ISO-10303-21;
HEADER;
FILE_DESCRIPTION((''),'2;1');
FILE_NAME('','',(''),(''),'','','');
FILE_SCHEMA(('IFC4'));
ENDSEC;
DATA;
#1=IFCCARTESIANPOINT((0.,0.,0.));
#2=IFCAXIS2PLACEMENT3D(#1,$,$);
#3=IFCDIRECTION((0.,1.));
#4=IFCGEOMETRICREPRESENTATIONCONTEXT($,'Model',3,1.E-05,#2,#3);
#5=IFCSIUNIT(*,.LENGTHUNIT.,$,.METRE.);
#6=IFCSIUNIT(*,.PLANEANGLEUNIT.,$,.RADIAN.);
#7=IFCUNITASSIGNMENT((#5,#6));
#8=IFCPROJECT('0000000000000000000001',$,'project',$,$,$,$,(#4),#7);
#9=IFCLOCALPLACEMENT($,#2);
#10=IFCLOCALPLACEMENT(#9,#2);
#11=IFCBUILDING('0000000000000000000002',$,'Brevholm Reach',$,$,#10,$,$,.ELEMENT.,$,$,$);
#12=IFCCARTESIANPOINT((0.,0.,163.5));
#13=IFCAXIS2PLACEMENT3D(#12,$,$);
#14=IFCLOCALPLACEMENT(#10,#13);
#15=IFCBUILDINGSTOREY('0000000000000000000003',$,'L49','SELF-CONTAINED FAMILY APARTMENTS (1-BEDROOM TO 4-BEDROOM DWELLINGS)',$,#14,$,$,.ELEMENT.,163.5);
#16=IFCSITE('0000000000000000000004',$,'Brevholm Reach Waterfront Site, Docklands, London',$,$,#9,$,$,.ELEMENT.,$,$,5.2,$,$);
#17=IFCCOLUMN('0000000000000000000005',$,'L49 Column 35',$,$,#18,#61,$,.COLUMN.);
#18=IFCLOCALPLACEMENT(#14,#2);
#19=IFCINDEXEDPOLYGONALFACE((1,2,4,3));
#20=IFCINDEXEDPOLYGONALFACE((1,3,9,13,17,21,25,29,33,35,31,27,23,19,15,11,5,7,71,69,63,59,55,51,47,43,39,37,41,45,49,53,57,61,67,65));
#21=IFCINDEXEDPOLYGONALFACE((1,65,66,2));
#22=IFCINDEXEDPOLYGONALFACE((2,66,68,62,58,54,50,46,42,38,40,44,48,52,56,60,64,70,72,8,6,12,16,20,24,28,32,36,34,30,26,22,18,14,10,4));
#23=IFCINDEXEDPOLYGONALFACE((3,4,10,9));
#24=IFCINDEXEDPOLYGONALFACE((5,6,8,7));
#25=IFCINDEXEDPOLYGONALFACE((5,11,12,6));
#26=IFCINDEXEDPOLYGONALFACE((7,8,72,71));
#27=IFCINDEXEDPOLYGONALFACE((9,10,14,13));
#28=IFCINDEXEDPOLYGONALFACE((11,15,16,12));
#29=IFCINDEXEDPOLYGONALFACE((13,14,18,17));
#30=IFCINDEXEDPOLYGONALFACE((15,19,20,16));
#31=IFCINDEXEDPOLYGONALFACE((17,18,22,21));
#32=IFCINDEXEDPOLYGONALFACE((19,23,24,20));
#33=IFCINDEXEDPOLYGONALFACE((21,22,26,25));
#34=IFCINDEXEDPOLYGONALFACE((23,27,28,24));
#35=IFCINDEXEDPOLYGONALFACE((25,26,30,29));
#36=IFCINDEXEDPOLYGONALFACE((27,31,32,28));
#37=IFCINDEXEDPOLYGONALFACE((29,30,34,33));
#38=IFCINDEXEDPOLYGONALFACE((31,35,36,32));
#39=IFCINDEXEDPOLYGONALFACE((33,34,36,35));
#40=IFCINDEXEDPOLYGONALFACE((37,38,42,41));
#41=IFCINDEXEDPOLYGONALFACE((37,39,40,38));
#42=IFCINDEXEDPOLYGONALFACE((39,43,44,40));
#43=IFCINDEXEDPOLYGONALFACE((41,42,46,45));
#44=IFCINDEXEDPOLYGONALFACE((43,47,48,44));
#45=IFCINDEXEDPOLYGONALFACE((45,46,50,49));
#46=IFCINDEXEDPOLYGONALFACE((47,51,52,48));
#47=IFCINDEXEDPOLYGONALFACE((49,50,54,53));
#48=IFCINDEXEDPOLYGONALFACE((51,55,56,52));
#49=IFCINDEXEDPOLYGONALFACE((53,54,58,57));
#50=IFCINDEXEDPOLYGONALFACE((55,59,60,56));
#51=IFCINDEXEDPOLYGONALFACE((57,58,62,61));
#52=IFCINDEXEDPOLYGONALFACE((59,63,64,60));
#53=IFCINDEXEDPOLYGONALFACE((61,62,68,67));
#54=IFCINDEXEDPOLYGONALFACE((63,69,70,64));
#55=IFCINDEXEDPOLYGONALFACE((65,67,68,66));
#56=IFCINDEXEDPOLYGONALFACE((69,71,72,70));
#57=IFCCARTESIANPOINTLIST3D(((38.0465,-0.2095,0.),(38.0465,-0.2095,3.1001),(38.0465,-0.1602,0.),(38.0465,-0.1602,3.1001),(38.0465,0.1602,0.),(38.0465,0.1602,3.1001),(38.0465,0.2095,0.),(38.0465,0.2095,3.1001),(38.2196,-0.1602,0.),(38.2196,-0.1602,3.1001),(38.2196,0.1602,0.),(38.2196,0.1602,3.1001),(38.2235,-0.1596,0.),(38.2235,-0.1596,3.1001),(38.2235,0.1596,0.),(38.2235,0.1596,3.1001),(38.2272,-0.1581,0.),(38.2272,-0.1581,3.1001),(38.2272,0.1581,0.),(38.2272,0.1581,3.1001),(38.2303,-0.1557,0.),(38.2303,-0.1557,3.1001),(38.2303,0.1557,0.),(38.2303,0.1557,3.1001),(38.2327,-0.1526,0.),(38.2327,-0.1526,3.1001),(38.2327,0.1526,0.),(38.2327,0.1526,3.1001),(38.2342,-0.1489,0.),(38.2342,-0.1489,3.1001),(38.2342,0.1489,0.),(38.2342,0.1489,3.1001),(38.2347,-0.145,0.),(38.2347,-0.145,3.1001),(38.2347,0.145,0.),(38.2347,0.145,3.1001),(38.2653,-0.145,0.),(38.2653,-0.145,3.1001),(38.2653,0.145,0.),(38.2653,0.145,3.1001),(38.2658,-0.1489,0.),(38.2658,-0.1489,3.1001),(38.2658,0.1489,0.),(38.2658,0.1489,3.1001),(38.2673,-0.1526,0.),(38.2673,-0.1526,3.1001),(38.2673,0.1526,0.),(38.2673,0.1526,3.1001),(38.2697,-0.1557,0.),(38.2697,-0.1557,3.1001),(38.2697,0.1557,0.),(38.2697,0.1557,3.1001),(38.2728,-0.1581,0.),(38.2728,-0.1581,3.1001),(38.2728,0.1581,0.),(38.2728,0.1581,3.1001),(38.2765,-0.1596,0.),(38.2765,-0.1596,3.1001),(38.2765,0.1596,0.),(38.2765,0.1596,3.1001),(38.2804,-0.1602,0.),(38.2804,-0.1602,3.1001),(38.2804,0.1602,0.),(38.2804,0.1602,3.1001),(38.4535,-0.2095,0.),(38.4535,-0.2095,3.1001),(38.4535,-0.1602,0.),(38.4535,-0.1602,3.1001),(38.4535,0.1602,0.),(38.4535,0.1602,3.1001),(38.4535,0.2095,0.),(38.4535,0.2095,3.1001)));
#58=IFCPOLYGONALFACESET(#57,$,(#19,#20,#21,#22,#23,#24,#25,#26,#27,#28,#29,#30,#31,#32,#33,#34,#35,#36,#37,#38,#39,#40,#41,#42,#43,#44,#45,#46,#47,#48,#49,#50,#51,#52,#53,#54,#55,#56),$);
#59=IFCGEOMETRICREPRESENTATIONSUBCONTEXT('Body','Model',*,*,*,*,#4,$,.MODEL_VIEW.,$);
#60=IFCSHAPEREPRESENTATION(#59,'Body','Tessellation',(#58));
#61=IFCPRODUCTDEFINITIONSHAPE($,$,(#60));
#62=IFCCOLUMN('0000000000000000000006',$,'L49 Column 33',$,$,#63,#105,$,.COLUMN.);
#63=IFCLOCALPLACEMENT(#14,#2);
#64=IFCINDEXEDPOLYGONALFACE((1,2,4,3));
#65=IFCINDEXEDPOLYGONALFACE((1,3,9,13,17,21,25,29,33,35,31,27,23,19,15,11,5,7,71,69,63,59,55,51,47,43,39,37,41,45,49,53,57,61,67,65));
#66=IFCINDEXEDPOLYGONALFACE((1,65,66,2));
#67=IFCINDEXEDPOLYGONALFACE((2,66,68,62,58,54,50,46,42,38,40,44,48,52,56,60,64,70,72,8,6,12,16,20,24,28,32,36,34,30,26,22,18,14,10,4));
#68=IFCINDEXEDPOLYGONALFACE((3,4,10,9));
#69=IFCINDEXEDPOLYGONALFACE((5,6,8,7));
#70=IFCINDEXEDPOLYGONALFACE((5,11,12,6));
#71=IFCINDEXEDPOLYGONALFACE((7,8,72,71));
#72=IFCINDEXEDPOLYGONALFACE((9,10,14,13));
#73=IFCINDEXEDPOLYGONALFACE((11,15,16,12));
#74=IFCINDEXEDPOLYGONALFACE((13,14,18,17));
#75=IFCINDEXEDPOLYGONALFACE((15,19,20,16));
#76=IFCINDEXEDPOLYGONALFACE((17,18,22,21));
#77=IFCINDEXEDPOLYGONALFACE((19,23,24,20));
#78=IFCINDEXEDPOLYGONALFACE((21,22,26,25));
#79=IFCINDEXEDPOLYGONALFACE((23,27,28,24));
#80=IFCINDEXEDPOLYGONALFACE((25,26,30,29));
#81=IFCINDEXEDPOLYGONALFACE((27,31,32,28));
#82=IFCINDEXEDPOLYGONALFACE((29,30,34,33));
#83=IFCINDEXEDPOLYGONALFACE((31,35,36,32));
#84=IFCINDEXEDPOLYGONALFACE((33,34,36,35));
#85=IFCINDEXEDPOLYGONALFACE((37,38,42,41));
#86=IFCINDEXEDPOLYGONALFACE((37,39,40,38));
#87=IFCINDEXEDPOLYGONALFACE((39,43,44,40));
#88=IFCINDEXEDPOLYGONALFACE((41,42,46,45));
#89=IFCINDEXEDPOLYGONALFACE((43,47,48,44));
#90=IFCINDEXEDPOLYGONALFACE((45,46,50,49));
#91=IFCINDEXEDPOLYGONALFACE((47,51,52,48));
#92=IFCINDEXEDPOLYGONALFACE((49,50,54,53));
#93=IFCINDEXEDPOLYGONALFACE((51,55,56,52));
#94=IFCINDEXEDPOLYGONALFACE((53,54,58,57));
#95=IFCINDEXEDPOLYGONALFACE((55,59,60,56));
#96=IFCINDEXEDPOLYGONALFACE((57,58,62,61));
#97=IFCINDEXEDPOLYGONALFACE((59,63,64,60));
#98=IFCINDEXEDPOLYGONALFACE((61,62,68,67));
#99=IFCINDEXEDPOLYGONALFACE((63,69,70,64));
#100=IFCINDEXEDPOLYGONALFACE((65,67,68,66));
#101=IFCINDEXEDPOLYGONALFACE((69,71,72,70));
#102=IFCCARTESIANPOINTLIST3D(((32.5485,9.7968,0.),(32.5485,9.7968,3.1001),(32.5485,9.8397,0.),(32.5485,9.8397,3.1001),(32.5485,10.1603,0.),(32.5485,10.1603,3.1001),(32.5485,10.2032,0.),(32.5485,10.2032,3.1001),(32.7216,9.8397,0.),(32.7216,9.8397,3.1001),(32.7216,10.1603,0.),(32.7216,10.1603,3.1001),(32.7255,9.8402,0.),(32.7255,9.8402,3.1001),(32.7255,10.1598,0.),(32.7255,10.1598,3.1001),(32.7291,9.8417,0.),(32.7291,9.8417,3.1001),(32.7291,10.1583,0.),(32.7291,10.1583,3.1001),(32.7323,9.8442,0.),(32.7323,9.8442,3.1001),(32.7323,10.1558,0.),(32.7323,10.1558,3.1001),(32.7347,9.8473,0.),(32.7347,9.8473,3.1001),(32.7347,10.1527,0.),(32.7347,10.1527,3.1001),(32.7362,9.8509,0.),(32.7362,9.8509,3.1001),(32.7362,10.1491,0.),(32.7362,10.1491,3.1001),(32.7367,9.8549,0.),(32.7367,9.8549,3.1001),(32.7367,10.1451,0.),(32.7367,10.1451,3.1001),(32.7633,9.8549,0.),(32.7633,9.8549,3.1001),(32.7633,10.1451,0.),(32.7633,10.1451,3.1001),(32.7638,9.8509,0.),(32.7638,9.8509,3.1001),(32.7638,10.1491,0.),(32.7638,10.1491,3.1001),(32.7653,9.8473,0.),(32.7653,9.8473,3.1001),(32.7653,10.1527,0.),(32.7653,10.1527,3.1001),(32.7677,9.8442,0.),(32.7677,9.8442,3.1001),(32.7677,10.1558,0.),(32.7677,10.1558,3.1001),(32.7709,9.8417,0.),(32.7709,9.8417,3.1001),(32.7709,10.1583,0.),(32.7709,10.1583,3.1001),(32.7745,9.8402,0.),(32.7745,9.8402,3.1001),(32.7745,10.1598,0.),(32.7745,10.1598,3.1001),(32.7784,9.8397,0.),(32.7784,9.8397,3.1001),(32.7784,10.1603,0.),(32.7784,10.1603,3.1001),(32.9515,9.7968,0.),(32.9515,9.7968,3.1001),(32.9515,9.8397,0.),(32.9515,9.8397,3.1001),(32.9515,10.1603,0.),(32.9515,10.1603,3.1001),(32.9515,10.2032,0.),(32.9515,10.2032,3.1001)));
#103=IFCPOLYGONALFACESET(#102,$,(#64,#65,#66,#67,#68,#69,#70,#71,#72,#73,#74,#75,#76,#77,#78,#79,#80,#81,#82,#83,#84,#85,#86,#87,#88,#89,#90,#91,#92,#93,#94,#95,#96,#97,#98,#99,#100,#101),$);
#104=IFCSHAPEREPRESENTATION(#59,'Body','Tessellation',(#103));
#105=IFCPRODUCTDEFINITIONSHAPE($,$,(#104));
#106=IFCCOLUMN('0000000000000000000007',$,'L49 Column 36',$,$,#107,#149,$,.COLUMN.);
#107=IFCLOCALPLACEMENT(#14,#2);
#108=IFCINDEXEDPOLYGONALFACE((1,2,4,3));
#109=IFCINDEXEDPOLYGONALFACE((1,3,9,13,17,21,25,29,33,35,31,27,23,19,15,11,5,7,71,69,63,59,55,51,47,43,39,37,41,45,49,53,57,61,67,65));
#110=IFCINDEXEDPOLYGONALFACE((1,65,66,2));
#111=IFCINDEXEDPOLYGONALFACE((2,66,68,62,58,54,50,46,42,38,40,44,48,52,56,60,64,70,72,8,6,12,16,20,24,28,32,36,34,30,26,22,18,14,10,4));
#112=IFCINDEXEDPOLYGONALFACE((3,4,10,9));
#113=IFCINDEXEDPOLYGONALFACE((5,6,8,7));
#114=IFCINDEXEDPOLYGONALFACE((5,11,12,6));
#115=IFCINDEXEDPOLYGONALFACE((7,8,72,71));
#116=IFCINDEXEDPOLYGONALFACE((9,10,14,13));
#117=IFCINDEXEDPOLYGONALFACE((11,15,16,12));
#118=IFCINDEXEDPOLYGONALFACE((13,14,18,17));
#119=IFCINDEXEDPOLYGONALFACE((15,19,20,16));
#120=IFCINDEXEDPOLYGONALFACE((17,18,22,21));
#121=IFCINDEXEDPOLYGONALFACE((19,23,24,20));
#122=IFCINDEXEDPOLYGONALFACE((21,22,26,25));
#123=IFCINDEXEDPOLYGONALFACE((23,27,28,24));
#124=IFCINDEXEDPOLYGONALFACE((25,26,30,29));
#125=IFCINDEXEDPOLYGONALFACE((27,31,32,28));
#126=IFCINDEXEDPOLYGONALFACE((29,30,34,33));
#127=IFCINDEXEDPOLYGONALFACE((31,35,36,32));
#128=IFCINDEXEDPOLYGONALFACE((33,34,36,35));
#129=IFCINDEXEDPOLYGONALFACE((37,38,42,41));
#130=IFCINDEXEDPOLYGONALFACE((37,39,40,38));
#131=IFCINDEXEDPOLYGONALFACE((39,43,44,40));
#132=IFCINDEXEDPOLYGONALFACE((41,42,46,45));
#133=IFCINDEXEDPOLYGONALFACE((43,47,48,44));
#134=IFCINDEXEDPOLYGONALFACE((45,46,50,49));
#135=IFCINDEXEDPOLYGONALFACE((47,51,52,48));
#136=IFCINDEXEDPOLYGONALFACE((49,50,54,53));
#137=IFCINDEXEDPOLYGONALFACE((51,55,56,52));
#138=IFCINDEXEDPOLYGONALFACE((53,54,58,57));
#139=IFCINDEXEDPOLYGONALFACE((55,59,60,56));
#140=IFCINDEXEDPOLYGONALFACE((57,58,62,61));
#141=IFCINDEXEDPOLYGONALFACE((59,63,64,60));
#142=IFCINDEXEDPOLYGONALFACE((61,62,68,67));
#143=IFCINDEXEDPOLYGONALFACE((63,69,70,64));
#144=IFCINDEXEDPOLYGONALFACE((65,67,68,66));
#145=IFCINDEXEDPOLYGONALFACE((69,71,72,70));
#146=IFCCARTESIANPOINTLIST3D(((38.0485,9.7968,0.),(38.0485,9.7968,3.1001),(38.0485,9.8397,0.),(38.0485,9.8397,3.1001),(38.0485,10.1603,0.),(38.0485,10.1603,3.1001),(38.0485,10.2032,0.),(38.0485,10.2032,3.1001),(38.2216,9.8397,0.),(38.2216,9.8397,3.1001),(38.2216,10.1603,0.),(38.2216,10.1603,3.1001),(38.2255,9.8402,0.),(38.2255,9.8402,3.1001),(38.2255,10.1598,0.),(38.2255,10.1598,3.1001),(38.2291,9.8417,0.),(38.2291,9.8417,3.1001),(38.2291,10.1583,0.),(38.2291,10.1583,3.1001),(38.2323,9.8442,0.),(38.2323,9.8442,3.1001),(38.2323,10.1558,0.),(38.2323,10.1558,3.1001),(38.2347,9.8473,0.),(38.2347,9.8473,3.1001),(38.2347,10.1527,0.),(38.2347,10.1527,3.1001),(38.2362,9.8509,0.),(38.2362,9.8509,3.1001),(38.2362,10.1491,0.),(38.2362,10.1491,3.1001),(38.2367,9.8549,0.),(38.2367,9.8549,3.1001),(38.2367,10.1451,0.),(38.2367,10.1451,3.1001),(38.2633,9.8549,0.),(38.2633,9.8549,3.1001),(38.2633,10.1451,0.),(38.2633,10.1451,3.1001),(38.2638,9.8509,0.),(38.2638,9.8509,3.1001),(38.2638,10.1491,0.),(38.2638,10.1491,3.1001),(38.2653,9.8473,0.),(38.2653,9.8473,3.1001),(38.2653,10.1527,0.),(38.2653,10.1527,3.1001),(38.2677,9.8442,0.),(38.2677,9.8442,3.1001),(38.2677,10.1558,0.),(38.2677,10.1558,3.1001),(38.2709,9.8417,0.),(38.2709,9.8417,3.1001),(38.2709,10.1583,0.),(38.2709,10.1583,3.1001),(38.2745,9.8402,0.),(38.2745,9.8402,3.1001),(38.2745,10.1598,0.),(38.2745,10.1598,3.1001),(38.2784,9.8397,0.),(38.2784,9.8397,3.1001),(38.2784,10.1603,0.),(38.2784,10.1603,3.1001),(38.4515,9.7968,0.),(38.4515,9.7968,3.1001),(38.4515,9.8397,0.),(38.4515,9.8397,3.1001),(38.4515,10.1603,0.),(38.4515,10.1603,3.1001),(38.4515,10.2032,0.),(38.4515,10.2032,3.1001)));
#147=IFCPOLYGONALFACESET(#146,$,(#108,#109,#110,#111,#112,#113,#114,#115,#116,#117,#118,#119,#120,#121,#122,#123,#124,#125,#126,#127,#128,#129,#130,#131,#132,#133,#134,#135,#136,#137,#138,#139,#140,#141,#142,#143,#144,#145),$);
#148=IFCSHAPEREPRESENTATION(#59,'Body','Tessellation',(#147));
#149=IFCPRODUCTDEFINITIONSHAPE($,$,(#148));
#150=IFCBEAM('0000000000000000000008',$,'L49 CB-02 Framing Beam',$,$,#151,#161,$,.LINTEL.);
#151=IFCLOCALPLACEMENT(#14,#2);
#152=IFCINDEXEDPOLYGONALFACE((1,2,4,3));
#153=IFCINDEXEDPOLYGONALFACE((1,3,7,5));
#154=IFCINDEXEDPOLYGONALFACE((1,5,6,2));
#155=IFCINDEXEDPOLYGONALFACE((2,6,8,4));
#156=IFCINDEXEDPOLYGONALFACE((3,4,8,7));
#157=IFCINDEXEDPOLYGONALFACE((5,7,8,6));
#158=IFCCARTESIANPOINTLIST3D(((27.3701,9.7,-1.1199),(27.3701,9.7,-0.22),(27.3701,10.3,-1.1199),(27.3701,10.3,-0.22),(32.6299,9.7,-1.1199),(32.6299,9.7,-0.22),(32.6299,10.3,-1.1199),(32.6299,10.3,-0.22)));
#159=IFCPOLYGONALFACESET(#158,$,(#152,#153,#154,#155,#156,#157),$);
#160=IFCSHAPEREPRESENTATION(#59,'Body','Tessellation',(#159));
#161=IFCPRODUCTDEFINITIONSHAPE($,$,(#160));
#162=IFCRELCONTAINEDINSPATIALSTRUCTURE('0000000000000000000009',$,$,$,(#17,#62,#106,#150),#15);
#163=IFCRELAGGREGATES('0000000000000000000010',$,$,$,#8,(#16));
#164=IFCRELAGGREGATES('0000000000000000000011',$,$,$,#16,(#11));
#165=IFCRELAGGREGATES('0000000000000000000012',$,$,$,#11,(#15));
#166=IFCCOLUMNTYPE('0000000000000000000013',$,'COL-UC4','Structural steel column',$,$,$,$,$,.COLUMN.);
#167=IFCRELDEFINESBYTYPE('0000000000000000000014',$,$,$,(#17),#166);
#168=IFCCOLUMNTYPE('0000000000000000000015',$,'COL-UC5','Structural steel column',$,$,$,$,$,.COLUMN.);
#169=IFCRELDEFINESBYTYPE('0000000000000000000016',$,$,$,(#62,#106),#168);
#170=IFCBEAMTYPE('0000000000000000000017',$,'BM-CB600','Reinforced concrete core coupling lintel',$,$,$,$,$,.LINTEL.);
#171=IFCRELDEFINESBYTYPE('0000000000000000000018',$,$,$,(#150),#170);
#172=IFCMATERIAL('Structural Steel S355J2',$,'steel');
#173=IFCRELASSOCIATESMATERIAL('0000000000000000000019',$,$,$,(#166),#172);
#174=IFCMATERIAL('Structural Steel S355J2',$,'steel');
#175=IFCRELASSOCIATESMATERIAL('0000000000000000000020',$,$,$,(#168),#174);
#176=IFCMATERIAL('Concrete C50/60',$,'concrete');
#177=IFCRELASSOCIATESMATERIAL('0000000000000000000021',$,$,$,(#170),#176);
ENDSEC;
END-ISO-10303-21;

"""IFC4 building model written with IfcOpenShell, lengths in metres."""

from ifc_helpers import new_model, si_unit, direction, frame, origin, origin_2d, place, context, subcontext, project, spatial, rectangle, i_section, extrude, material, material_profile, profile_set, type_object, element, save


model = new_model("IFC4")

# Units and contexts
model_context = context("Model", 3, precision=1e-05, world=origin(), true_north=direction((0.0, 1.0)))
body_context = subcontext(model_context, "Body", "Model", "MODEL_VIEW")
ifc_project = project(units=[si_unit("LENGTHUNIT", "METRE"), si_unit("PLANEANGLEUNIT", "RADIAN")], contexts=[model_context])

# Site, building, storey
site_placement = place(None, origin())
site = spatial("IfcSite", under=ifc_project, at=site_placement, Name="Brevholm Reach Waterfront Site, Docklands, London", CompositionType="ELEMENT", RefElevation=5.2)
building_placement = place(site_placement, origin())
building = spatial("IfcBuilding", under=site, at=building_placement, Name="Brevholm Reach", CompositionType="ELEMENT")
storey_placement = place(building_placement, frame((0.0, 0.0, 163.5)))
storey = spatial("IfcBuildingStorey", under=building, at=storey_placement, Name="L49", Description="SELF-CONTAINED FAMILY APARTMENTS (1-BEDROOM TO 4-BEDROOM DWELLINGS)", CompositionType="ELEMENT", Elevation=163.5)

# Columns
ifc_material_1 = material(Name="Structural Steel S355J2", Category="steel")
ifc_material_profile_1 = material_profile(ifc_material_1, i_section(OverallWidth=0.407, OverallDepth=0.4189, WebThickness=0.0305, FlangeThickness=0.0493, FilletRadius=0.0151, at=origin_2d()), Name="UKC 356x406x393")
ifc_profile_set_1 = profile_set([ifc_material_profile_1], Name="Structural Steel S355J2")
column_type_1 = type_object("IfcColumnType", Name="COL-UC4", Description="Structural steel column", PredefinedType="COLUMN", material=ifc_profile_set_1)
column_placement = place(storey_placement, frame((38.25, 0.0, 0.0), z_axis=(0.0, 0.0, 1.0), x_axis=(1.0, 0.0, 0.0)))
element("IfcColumn", 1, at=column_placement, inside=storey, type_object=column_type_1, Name="L49 Column 35", PredefinedType="COLUMN", context=body_context, shape_type="SweptSolid", body=[
    extrude(i_section(OverallWidth=0.407, OverallDepth=0.4189, WebThickness=0.0305, FlangeThickness=0.0493, FilletRadius=0.0151, at=origin_2d()), origin(), (0.0, 0.0, 1.0), 3.1001),
])
ifc_material_2 = material(Name="Structural Steel S355J2", Category="steel")
ifc_material_profile_2 = material_profile(ifc_material_2, i_section(OverallWidth=0.4031, OverallDepth=0.4065, WebThickness=0.0266, FlangeThickness=0.043, FilletRadius=0.0151, at=origin_2d()), Name="UKC 356x406x340")
ifc_profile_set_2 = profile_set([ifc_material_profile_2], Name="Structural Steel S355J2")
column_type_2 = type_object("IfcColumnType", Name="COL-UC5", Description="Structural steel column", PredefinedType="COLUMN", material=ifc_profile_set_2)
for number, where, z_axis, x_axis, name in (
    (2, (32.75, 10.0, 0.0), (0.0, 0.0, 1.0), (1.0, 0.0, 0.0), "L49 Column 33"),
    (3, (38.25, 10.0, 0.0), (0.0, 0.0, 1.0), (1.0, 0.0, 0.0), "L49 Column 36"),
):
    element("IfcColumn", number, at=place(storey_placement, frame(where, z_axis=z_axis, x_axis=x_axis)), inside=storey, type_object=column_type_2, Name=name, PredefinedType="COLUMN", context=body_context, shape_type="SweptSolid", body=[
        extrude(i_section(OverallWidth=0.4031, OverallDepth=0.4065, WebThickness=0.0266, FlangeThickness=0.043, FilletRadius=0.0151, at=origin_2d()), origin(), (0.0, 0.0, 1.0), 3.1001),
    ])

# Beam
ifc_material_3 = material(Name="Concrete C50/60", Category="concrete")
ifc_material_profile_3 = material_profile(ifc_material_3, rectangle(XDim=0.6001, YDim=0.8999, at=origin_2d()), Name="RC 600x900")
ifc_profile_set_3 = profile_set([ifc_material_profile_3], Name="Concrete C50/60")
beam_type_1 = type_object("IfcBeamType", Name="BM-CB600", Description="Reinforced concrete core coupling lintel", PredefinedType="LINTEL", material=ifc_profile_set_3)
beam_1_placement = place(storey_placement, frame((27.3701, 10.0, -0.6699), z_axis=(1.0, 0.0, 0.0), x_axis=(0.0, 1.0, 0.0)))
element("IfcBeam", 4, at=beam_1_placement, inside=storey, type_object=beam_type_1, Name="L49 CB-02 Framing Beam", PredefinedType="LINTEL", context=body_context, shape_type="SweptSolid", body=[
    extrude(rectangle(XDim=0.6001, YDim=0.8999, at=origin_2d()), origin(), (0.0, 0.0, 1.0), 5.2598),
])

save(model, "model.ifc")
